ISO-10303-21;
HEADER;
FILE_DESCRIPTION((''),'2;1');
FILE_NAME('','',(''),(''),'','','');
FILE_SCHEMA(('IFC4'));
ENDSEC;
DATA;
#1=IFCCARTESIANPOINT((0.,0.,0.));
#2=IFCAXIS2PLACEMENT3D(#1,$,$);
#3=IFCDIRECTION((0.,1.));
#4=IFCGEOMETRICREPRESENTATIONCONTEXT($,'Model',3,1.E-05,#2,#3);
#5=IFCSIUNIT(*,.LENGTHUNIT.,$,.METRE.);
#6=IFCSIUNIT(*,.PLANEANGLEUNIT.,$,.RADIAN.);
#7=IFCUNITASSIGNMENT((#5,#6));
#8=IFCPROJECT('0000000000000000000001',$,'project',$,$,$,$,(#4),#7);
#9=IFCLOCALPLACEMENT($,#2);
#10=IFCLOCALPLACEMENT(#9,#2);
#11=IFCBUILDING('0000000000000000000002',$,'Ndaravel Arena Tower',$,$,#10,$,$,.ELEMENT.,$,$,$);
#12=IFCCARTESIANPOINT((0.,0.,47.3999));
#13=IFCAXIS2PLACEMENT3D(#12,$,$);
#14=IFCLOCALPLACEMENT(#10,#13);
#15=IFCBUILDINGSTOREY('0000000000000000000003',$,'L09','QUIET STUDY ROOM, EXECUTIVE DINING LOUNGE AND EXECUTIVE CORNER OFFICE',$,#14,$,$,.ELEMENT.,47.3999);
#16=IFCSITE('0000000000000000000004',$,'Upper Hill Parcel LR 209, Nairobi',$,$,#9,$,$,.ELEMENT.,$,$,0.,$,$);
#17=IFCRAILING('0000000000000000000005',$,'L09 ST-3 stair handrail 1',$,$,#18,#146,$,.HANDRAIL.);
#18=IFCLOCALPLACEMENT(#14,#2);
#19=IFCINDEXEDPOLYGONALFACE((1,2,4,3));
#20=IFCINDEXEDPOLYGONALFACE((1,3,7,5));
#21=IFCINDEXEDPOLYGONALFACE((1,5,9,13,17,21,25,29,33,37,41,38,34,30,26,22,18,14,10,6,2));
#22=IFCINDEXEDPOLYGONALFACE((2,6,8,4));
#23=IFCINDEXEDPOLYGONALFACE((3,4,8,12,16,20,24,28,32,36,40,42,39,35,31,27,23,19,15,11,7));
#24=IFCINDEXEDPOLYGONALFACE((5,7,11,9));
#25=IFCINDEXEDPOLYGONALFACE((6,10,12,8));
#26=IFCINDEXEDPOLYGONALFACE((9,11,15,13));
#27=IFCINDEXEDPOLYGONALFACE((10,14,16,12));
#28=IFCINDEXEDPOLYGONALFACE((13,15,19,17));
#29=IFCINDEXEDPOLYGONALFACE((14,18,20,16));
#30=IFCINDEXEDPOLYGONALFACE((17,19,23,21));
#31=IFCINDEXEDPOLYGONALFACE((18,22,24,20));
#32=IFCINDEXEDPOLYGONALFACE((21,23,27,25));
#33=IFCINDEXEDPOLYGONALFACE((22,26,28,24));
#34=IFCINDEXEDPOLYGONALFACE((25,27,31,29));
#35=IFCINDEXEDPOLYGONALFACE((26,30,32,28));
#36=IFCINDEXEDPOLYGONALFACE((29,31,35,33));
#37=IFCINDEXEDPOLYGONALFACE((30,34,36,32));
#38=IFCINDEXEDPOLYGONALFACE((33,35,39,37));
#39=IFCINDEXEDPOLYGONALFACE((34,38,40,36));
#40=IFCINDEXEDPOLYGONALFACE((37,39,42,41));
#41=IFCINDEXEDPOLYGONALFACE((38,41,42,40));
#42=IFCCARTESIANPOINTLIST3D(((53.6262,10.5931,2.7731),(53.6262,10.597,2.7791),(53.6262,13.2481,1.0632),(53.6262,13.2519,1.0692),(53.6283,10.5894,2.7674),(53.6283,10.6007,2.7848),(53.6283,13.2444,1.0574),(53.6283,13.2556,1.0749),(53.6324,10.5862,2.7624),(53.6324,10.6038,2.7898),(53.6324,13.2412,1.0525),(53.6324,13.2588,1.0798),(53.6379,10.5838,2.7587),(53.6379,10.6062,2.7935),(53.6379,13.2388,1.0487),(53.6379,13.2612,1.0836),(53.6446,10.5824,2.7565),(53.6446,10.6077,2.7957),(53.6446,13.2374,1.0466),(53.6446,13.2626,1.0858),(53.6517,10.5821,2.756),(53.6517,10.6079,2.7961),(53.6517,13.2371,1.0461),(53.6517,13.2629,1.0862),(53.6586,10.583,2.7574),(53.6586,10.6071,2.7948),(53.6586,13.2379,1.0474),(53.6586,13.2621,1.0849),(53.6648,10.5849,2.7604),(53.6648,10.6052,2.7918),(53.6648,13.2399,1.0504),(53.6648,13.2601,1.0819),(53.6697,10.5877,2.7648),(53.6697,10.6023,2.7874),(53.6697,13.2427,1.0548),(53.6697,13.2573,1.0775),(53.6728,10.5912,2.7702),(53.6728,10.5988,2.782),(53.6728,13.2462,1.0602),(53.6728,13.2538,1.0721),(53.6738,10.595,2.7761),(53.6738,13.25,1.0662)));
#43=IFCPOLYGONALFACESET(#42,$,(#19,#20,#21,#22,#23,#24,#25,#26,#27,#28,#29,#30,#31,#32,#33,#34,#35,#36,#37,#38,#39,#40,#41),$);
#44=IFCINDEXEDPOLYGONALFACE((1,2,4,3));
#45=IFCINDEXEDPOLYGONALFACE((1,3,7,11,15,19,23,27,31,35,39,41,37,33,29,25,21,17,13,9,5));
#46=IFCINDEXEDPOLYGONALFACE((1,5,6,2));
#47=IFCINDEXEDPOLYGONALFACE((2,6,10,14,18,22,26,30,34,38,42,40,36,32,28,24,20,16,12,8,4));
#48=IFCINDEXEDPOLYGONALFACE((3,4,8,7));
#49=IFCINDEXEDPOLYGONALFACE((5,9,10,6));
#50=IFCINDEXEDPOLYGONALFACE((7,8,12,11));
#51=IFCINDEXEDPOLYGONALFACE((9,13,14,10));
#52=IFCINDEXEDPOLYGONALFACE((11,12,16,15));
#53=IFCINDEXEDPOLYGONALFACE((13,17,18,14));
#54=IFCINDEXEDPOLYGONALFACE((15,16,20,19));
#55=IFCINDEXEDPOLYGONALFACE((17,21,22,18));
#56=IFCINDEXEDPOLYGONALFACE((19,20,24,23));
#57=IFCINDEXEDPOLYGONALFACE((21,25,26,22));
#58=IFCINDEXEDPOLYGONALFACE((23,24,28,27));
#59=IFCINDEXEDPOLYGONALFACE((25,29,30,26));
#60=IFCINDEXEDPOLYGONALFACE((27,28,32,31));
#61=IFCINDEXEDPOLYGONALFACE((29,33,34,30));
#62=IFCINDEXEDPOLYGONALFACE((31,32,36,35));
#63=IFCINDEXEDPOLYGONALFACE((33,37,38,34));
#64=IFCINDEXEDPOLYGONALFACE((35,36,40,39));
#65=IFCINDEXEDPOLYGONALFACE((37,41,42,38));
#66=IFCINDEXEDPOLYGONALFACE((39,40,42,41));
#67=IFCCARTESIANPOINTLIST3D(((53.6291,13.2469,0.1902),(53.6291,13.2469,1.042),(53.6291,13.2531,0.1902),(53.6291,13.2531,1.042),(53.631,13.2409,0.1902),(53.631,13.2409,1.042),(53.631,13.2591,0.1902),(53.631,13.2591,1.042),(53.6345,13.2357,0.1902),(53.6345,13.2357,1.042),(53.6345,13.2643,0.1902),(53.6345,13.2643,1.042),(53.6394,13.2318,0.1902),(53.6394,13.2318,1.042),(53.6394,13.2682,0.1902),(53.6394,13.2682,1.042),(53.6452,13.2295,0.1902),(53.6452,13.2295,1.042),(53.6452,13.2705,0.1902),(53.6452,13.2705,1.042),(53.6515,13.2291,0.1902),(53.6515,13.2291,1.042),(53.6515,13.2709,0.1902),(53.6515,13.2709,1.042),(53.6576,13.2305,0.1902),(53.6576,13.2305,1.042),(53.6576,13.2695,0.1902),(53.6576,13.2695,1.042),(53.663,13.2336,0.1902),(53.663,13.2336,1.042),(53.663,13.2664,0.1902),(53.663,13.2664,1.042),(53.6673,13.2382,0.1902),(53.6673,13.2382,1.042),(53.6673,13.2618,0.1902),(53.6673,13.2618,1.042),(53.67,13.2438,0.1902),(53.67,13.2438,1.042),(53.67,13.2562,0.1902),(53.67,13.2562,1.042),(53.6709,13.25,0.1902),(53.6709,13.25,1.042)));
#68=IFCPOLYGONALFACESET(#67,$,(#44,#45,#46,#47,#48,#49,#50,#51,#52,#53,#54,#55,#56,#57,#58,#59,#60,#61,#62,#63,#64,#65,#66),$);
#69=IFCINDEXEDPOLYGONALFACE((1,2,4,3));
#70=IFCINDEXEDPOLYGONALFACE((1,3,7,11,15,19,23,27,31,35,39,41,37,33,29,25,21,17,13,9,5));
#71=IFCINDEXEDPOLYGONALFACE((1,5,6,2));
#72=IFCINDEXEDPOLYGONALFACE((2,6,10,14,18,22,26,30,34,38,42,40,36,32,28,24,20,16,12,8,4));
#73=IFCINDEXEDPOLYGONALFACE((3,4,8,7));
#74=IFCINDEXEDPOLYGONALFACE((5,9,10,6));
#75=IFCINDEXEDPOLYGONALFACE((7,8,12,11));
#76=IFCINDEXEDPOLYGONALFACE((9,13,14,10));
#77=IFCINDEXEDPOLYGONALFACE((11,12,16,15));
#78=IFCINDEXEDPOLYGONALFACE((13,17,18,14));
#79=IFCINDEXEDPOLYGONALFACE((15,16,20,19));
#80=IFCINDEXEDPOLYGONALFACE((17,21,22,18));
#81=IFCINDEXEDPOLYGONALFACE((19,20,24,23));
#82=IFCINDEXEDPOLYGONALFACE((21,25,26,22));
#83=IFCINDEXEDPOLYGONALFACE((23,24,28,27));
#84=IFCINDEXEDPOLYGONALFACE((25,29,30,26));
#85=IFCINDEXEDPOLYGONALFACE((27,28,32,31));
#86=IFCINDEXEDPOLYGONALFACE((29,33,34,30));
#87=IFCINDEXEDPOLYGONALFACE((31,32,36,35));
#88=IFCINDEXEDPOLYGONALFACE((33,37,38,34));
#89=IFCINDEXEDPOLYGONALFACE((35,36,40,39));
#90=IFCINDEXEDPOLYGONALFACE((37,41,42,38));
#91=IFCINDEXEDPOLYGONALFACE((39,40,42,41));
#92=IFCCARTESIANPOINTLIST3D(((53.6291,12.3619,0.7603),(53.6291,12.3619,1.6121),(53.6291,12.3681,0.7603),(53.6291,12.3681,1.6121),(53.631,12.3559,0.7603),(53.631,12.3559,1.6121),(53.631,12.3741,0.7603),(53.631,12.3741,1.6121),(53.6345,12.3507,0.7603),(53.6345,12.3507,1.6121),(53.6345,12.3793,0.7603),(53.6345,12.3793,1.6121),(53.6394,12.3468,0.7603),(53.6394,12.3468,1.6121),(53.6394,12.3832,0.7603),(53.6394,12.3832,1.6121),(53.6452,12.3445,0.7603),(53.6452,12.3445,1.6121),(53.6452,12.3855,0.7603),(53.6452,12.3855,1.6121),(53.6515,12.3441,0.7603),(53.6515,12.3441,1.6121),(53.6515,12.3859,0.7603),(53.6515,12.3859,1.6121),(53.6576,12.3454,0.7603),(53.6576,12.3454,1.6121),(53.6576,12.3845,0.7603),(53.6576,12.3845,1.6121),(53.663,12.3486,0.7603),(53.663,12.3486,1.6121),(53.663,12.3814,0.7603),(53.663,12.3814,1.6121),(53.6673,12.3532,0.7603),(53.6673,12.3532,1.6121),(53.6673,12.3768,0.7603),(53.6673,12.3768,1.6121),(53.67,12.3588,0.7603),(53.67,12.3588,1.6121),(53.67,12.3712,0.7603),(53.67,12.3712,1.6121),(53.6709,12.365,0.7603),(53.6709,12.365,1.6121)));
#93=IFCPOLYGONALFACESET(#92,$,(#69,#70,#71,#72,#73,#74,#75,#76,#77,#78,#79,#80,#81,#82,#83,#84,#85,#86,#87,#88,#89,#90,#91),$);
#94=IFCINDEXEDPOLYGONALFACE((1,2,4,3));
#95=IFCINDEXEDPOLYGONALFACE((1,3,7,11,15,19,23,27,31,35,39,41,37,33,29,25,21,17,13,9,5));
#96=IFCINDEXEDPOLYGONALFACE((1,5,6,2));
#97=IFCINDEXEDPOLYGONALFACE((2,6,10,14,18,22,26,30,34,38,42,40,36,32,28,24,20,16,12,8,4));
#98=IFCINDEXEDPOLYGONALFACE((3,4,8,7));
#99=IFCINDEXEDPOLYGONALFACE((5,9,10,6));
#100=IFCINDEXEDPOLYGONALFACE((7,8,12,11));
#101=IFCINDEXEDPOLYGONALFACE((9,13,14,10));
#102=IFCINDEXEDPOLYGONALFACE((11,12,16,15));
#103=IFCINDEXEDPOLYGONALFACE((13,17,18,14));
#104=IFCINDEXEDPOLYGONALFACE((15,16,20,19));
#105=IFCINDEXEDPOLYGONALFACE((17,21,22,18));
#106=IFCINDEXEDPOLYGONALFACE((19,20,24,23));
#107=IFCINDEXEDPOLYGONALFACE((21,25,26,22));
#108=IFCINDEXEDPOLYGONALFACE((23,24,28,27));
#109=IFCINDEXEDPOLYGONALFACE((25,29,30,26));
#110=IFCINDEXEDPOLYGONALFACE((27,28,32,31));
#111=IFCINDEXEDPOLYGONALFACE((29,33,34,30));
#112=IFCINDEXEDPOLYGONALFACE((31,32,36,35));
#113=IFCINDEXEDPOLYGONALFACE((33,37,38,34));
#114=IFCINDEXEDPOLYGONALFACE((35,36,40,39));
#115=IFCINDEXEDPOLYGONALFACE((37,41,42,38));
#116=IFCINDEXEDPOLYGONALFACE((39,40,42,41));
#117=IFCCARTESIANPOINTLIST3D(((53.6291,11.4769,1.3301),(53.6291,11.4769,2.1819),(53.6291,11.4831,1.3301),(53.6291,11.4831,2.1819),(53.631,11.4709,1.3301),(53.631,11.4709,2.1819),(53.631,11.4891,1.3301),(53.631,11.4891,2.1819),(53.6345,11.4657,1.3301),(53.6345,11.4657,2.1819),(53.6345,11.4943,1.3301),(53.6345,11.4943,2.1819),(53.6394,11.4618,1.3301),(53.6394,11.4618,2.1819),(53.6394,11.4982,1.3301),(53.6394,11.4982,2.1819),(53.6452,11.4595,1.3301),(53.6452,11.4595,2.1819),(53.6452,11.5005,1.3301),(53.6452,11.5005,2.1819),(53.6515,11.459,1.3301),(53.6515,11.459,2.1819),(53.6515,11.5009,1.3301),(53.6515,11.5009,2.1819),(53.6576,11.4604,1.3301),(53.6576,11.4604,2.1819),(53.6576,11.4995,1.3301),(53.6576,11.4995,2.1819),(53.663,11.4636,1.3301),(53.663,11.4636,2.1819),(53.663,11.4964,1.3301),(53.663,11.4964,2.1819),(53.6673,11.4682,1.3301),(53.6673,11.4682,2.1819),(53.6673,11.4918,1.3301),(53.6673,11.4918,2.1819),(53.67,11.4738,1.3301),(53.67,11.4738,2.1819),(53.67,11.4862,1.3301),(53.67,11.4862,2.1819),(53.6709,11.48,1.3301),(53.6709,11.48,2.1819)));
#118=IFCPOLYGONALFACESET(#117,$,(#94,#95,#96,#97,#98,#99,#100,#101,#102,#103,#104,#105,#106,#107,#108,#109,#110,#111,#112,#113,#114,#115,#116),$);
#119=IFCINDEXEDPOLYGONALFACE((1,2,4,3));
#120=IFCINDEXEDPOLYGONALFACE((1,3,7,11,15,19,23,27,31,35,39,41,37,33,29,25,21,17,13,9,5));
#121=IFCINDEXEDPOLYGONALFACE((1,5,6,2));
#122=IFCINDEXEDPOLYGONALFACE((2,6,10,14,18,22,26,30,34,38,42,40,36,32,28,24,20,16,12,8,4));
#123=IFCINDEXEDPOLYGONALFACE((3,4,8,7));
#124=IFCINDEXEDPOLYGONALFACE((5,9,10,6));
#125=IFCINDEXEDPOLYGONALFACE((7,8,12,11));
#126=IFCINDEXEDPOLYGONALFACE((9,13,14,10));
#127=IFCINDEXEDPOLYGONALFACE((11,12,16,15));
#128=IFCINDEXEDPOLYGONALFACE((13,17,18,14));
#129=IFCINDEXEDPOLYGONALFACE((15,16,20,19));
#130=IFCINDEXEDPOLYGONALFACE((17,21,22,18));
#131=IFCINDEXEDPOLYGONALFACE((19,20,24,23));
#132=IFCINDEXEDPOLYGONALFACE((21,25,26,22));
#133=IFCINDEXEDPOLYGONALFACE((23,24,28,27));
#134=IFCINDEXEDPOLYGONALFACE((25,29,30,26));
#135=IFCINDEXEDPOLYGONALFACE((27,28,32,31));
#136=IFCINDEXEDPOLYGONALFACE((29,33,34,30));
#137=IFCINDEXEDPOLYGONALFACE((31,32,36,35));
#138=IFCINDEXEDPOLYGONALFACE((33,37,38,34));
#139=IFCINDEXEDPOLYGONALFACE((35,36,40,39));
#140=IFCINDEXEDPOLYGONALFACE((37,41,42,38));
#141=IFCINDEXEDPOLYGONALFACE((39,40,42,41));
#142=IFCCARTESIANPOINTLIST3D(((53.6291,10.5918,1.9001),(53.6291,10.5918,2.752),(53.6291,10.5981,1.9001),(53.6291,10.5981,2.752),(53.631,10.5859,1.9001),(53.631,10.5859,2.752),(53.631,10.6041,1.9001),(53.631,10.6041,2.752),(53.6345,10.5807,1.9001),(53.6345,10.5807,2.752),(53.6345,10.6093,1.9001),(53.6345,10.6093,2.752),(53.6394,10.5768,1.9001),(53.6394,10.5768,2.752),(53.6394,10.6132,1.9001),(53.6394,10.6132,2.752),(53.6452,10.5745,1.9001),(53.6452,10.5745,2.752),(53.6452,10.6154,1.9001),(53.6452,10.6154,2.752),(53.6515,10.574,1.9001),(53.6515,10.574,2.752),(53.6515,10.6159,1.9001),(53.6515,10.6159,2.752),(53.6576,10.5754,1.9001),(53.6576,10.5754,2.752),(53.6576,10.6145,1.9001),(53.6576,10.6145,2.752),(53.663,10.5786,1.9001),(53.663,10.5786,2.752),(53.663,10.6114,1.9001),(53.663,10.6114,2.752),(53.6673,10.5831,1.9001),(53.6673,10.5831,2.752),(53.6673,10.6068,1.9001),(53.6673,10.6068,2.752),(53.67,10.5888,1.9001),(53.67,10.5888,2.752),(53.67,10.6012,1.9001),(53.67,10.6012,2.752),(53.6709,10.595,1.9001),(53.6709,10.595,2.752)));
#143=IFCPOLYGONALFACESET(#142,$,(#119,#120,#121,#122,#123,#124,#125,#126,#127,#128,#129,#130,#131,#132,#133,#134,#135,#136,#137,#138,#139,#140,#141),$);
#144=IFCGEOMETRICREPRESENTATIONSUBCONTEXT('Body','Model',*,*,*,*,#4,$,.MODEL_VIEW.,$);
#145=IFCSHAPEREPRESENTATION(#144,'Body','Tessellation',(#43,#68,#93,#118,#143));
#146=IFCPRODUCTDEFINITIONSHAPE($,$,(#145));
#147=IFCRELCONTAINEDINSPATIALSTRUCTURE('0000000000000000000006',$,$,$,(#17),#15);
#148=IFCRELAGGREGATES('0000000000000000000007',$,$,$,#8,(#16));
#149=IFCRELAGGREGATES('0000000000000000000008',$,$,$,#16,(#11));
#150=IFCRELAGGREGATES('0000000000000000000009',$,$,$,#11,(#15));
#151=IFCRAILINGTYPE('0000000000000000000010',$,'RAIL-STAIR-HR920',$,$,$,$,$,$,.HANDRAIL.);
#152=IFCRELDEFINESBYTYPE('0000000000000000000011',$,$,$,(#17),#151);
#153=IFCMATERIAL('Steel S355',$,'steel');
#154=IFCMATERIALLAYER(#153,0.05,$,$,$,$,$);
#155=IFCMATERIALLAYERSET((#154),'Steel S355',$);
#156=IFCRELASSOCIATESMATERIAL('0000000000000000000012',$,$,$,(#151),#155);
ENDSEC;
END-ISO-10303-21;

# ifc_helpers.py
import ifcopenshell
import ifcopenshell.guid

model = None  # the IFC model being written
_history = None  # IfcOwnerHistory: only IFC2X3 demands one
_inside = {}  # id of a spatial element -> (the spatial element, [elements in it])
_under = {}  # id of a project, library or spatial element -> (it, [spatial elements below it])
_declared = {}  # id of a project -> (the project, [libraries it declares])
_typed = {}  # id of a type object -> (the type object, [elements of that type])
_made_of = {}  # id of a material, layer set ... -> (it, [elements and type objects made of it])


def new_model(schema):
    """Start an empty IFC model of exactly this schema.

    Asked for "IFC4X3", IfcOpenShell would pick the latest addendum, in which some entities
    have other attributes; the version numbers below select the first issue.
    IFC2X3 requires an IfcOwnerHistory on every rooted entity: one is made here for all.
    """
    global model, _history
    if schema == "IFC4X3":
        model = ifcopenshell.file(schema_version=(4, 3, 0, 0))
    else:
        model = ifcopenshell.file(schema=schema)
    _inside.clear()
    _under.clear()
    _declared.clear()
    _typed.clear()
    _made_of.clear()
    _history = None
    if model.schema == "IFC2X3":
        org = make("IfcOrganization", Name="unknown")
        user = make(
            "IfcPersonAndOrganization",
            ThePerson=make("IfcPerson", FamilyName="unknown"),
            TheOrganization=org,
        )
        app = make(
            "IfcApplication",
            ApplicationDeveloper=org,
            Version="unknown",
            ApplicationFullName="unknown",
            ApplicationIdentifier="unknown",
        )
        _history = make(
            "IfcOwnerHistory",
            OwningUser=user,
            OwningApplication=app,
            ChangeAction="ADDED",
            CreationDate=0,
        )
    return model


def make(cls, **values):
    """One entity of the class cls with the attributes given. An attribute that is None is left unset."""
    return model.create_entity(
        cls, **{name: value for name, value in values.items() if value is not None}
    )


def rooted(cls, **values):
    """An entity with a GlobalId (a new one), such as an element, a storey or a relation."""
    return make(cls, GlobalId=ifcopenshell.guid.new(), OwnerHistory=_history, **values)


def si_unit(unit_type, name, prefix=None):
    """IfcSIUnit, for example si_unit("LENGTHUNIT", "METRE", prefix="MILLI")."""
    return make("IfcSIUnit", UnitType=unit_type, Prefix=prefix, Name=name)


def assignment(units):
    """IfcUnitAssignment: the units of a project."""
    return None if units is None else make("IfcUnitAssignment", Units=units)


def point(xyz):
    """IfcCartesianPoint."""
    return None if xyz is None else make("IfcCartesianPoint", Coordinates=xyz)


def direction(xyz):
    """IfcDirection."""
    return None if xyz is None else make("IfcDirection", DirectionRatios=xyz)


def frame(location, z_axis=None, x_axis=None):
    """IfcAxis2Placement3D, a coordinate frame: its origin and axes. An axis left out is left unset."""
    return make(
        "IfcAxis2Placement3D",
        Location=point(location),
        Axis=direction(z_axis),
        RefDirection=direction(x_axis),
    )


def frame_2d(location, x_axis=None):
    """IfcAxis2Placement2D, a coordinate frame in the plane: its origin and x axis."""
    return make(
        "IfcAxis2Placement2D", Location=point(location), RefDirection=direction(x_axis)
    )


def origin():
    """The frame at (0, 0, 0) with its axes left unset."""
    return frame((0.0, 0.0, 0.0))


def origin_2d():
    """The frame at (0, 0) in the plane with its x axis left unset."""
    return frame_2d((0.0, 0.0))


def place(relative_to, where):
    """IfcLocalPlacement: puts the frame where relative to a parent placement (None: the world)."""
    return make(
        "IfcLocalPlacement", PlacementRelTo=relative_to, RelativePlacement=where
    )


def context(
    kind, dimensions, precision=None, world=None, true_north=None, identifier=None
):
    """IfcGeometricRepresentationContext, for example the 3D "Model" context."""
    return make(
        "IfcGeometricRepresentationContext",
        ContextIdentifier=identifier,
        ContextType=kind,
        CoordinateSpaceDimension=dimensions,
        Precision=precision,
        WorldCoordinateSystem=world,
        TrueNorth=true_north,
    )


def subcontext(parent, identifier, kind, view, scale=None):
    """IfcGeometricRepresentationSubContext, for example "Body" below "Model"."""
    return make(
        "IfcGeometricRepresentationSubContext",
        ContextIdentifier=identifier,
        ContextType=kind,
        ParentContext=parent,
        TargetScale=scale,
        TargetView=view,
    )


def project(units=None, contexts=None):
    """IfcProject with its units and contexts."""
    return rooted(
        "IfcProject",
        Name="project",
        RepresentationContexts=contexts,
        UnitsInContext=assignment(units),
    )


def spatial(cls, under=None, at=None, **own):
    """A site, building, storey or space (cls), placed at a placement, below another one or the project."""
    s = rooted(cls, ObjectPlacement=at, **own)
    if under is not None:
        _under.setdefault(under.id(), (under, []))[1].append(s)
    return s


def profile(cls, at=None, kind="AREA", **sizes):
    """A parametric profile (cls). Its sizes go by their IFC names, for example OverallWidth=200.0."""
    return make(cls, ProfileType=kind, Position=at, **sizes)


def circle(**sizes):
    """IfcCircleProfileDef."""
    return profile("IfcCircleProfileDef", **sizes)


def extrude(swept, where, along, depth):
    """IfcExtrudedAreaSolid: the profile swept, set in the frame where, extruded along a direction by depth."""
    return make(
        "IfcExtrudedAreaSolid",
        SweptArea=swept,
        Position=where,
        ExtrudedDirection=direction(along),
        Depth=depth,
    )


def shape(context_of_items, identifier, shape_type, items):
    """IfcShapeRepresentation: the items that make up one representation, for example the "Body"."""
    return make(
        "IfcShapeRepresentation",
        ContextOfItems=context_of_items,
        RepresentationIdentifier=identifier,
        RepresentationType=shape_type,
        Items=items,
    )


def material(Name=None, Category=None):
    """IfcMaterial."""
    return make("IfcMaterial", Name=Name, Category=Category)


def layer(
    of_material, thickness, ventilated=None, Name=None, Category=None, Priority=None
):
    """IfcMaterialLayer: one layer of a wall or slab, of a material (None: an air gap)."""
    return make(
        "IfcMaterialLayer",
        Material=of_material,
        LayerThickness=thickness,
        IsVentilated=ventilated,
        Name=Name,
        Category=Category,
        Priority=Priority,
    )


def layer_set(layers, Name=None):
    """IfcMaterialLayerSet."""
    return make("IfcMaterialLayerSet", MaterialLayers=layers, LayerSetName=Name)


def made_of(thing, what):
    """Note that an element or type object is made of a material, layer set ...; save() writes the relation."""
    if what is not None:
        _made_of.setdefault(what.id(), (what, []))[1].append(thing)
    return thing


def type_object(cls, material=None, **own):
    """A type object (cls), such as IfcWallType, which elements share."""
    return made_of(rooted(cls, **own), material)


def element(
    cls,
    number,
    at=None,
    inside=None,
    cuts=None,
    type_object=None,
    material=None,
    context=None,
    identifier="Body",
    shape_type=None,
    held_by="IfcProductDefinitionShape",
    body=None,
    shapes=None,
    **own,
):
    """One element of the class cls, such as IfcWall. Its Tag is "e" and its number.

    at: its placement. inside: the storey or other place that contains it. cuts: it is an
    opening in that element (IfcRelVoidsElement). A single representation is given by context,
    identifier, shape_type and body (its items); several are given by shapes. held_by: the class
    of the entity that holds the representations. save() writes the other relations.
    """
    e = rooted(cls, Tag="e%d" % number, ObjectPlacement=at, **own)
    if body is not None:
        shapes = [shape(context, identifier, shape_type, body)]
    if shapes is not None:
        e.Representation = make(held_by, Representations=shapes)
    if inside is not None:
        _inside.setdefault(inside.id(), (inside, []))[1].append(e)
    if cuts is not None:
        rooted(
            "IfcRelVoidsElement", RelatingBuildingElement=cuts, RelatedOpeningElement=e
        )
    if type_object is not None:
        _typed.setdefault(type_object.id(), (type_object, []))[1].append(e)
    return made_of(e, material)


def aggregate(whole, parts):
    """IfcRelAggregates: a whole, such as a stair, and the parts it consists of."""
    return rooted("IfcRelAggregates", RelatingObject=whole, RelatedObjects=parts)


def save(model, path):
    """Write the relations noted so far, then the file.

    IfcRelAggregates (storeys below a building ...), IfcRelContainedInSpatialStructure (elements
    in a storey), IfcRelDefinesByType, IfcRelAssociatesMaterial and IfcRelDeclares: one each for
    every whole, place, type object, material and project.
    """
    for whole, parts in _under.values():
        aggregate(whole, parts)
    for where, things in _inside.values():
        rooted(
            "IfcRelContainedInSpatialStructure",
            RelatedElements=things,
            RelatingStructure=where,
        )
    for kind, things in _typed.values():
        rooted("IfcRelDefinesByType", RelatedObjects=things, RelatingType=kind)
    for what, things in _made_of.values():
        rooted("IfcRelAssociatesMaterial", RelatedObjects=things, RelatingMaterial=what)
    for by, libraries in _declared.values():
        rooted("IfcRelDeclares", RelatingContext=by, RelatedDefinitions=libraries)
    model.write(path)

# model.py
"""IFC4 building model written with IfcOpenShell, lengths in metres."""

from ifc_helpers import new_model, si_unit, direction, frame, origin, origin_2d, place, context, subcontext, project, spatial, circle, extrude, material, layer, layer_set, type_object, element, save


model = new_model("IFC4")

# Units and contexts
model_context = context("Model", 3, precision=1e-05, world=origin(), true_north=direction((0.0, 1.0)))
body_context = subcontext(model_context, "Body", "Model", "MODEL_VIEW")
ifc_project = project(units=[si_unit("LENGTHUNIT", "METRE"), si_unit("PLANEANGLEUNIT", "RADIAN")], contexts=[model_context])

# Site, building, storey
site_placement = place(None, origin())
site = spatial("IfcSite", under=ifc_project, at=site_placement, Name="Upper Hill Parcel LR 209, Nairobi", CompositionType="ELEMENT", RefElevation=0.0)
building_placement = place(site_placement, origin())
building = spatial("IfcBuilding", under=site, at=building_placement, Name="Ndaravel Arena Tower", CompositionType="ELEMENT")
storey_placement = place(building_placement, frame((0.0, 0.0, 47.3999)))
storey = spatial("IfcBuildingStorey", under=building, at=storey_placement, Name="L09", Description="QUIET STUDY ROOM, EXECUTIVE DINING LOUNGE AND EXECUTIVE CORNER OFFICE", CompositionType="ELEMENT", Elevation=47.3999)

# Railing
ifc_material_1 = material(Name="Steel S355", Category="steel")
ifc_layer_1 = layer(ifc_material_1, 0.05)
ifc_layer_set_1 = layer_set([ifc_layer_1], Name="Steel S355")
railing_type_1 = type_object("IfcRailingType", Name="RAIL-STAIR-HR920", PredefinedType="HANDRAIL", material=ifc_layer_set_1)
railing_1_placement = place(storey_placement, frame((53.6499, 13.25, 0.1902)))
element("IfcRailing", 1, at=railing_1_placement, inside=storey, type_object=railing_type_1, Name="L09 ST-3 stair handrail 1", PredefinedType="HANDRAIL", context=body_context, shape_type="SweptSolid", body=[
    extrude(circle(Radius=0.0239, at=origin_2d()), frame((0.0, 0.0, 0.876), z_axis=(0.0, -0.840724, 0.541465), x_axis=(1.0, 0.0, 0.0)), (0.0, 0.0, 1.0), 3.158),
    extrude(circle(Radius=0.021, at=origin_2d()), origin(), (0.0, 0.0, 1.0), 0.8518),
    extrude(circle(Radius=0.021, at=origin_2d()), frame((0.0, -0.885, 0.5701)), (0.0, 0.0, 1.0), 0.8518),
    extrude(circle(Radius=0.021, at=origin_2d()), frame((0.0, -1.77, 1.1399)), (0.0, 0.0, 1.0), 0.8518),
    extrude(circle(Radius=0.021, at=origin_2d()), frame((0.0, -2.655, 1.71)), (0.0, 0.0, 1.0), 0.8518),
])

save(model, "model.ifc")
